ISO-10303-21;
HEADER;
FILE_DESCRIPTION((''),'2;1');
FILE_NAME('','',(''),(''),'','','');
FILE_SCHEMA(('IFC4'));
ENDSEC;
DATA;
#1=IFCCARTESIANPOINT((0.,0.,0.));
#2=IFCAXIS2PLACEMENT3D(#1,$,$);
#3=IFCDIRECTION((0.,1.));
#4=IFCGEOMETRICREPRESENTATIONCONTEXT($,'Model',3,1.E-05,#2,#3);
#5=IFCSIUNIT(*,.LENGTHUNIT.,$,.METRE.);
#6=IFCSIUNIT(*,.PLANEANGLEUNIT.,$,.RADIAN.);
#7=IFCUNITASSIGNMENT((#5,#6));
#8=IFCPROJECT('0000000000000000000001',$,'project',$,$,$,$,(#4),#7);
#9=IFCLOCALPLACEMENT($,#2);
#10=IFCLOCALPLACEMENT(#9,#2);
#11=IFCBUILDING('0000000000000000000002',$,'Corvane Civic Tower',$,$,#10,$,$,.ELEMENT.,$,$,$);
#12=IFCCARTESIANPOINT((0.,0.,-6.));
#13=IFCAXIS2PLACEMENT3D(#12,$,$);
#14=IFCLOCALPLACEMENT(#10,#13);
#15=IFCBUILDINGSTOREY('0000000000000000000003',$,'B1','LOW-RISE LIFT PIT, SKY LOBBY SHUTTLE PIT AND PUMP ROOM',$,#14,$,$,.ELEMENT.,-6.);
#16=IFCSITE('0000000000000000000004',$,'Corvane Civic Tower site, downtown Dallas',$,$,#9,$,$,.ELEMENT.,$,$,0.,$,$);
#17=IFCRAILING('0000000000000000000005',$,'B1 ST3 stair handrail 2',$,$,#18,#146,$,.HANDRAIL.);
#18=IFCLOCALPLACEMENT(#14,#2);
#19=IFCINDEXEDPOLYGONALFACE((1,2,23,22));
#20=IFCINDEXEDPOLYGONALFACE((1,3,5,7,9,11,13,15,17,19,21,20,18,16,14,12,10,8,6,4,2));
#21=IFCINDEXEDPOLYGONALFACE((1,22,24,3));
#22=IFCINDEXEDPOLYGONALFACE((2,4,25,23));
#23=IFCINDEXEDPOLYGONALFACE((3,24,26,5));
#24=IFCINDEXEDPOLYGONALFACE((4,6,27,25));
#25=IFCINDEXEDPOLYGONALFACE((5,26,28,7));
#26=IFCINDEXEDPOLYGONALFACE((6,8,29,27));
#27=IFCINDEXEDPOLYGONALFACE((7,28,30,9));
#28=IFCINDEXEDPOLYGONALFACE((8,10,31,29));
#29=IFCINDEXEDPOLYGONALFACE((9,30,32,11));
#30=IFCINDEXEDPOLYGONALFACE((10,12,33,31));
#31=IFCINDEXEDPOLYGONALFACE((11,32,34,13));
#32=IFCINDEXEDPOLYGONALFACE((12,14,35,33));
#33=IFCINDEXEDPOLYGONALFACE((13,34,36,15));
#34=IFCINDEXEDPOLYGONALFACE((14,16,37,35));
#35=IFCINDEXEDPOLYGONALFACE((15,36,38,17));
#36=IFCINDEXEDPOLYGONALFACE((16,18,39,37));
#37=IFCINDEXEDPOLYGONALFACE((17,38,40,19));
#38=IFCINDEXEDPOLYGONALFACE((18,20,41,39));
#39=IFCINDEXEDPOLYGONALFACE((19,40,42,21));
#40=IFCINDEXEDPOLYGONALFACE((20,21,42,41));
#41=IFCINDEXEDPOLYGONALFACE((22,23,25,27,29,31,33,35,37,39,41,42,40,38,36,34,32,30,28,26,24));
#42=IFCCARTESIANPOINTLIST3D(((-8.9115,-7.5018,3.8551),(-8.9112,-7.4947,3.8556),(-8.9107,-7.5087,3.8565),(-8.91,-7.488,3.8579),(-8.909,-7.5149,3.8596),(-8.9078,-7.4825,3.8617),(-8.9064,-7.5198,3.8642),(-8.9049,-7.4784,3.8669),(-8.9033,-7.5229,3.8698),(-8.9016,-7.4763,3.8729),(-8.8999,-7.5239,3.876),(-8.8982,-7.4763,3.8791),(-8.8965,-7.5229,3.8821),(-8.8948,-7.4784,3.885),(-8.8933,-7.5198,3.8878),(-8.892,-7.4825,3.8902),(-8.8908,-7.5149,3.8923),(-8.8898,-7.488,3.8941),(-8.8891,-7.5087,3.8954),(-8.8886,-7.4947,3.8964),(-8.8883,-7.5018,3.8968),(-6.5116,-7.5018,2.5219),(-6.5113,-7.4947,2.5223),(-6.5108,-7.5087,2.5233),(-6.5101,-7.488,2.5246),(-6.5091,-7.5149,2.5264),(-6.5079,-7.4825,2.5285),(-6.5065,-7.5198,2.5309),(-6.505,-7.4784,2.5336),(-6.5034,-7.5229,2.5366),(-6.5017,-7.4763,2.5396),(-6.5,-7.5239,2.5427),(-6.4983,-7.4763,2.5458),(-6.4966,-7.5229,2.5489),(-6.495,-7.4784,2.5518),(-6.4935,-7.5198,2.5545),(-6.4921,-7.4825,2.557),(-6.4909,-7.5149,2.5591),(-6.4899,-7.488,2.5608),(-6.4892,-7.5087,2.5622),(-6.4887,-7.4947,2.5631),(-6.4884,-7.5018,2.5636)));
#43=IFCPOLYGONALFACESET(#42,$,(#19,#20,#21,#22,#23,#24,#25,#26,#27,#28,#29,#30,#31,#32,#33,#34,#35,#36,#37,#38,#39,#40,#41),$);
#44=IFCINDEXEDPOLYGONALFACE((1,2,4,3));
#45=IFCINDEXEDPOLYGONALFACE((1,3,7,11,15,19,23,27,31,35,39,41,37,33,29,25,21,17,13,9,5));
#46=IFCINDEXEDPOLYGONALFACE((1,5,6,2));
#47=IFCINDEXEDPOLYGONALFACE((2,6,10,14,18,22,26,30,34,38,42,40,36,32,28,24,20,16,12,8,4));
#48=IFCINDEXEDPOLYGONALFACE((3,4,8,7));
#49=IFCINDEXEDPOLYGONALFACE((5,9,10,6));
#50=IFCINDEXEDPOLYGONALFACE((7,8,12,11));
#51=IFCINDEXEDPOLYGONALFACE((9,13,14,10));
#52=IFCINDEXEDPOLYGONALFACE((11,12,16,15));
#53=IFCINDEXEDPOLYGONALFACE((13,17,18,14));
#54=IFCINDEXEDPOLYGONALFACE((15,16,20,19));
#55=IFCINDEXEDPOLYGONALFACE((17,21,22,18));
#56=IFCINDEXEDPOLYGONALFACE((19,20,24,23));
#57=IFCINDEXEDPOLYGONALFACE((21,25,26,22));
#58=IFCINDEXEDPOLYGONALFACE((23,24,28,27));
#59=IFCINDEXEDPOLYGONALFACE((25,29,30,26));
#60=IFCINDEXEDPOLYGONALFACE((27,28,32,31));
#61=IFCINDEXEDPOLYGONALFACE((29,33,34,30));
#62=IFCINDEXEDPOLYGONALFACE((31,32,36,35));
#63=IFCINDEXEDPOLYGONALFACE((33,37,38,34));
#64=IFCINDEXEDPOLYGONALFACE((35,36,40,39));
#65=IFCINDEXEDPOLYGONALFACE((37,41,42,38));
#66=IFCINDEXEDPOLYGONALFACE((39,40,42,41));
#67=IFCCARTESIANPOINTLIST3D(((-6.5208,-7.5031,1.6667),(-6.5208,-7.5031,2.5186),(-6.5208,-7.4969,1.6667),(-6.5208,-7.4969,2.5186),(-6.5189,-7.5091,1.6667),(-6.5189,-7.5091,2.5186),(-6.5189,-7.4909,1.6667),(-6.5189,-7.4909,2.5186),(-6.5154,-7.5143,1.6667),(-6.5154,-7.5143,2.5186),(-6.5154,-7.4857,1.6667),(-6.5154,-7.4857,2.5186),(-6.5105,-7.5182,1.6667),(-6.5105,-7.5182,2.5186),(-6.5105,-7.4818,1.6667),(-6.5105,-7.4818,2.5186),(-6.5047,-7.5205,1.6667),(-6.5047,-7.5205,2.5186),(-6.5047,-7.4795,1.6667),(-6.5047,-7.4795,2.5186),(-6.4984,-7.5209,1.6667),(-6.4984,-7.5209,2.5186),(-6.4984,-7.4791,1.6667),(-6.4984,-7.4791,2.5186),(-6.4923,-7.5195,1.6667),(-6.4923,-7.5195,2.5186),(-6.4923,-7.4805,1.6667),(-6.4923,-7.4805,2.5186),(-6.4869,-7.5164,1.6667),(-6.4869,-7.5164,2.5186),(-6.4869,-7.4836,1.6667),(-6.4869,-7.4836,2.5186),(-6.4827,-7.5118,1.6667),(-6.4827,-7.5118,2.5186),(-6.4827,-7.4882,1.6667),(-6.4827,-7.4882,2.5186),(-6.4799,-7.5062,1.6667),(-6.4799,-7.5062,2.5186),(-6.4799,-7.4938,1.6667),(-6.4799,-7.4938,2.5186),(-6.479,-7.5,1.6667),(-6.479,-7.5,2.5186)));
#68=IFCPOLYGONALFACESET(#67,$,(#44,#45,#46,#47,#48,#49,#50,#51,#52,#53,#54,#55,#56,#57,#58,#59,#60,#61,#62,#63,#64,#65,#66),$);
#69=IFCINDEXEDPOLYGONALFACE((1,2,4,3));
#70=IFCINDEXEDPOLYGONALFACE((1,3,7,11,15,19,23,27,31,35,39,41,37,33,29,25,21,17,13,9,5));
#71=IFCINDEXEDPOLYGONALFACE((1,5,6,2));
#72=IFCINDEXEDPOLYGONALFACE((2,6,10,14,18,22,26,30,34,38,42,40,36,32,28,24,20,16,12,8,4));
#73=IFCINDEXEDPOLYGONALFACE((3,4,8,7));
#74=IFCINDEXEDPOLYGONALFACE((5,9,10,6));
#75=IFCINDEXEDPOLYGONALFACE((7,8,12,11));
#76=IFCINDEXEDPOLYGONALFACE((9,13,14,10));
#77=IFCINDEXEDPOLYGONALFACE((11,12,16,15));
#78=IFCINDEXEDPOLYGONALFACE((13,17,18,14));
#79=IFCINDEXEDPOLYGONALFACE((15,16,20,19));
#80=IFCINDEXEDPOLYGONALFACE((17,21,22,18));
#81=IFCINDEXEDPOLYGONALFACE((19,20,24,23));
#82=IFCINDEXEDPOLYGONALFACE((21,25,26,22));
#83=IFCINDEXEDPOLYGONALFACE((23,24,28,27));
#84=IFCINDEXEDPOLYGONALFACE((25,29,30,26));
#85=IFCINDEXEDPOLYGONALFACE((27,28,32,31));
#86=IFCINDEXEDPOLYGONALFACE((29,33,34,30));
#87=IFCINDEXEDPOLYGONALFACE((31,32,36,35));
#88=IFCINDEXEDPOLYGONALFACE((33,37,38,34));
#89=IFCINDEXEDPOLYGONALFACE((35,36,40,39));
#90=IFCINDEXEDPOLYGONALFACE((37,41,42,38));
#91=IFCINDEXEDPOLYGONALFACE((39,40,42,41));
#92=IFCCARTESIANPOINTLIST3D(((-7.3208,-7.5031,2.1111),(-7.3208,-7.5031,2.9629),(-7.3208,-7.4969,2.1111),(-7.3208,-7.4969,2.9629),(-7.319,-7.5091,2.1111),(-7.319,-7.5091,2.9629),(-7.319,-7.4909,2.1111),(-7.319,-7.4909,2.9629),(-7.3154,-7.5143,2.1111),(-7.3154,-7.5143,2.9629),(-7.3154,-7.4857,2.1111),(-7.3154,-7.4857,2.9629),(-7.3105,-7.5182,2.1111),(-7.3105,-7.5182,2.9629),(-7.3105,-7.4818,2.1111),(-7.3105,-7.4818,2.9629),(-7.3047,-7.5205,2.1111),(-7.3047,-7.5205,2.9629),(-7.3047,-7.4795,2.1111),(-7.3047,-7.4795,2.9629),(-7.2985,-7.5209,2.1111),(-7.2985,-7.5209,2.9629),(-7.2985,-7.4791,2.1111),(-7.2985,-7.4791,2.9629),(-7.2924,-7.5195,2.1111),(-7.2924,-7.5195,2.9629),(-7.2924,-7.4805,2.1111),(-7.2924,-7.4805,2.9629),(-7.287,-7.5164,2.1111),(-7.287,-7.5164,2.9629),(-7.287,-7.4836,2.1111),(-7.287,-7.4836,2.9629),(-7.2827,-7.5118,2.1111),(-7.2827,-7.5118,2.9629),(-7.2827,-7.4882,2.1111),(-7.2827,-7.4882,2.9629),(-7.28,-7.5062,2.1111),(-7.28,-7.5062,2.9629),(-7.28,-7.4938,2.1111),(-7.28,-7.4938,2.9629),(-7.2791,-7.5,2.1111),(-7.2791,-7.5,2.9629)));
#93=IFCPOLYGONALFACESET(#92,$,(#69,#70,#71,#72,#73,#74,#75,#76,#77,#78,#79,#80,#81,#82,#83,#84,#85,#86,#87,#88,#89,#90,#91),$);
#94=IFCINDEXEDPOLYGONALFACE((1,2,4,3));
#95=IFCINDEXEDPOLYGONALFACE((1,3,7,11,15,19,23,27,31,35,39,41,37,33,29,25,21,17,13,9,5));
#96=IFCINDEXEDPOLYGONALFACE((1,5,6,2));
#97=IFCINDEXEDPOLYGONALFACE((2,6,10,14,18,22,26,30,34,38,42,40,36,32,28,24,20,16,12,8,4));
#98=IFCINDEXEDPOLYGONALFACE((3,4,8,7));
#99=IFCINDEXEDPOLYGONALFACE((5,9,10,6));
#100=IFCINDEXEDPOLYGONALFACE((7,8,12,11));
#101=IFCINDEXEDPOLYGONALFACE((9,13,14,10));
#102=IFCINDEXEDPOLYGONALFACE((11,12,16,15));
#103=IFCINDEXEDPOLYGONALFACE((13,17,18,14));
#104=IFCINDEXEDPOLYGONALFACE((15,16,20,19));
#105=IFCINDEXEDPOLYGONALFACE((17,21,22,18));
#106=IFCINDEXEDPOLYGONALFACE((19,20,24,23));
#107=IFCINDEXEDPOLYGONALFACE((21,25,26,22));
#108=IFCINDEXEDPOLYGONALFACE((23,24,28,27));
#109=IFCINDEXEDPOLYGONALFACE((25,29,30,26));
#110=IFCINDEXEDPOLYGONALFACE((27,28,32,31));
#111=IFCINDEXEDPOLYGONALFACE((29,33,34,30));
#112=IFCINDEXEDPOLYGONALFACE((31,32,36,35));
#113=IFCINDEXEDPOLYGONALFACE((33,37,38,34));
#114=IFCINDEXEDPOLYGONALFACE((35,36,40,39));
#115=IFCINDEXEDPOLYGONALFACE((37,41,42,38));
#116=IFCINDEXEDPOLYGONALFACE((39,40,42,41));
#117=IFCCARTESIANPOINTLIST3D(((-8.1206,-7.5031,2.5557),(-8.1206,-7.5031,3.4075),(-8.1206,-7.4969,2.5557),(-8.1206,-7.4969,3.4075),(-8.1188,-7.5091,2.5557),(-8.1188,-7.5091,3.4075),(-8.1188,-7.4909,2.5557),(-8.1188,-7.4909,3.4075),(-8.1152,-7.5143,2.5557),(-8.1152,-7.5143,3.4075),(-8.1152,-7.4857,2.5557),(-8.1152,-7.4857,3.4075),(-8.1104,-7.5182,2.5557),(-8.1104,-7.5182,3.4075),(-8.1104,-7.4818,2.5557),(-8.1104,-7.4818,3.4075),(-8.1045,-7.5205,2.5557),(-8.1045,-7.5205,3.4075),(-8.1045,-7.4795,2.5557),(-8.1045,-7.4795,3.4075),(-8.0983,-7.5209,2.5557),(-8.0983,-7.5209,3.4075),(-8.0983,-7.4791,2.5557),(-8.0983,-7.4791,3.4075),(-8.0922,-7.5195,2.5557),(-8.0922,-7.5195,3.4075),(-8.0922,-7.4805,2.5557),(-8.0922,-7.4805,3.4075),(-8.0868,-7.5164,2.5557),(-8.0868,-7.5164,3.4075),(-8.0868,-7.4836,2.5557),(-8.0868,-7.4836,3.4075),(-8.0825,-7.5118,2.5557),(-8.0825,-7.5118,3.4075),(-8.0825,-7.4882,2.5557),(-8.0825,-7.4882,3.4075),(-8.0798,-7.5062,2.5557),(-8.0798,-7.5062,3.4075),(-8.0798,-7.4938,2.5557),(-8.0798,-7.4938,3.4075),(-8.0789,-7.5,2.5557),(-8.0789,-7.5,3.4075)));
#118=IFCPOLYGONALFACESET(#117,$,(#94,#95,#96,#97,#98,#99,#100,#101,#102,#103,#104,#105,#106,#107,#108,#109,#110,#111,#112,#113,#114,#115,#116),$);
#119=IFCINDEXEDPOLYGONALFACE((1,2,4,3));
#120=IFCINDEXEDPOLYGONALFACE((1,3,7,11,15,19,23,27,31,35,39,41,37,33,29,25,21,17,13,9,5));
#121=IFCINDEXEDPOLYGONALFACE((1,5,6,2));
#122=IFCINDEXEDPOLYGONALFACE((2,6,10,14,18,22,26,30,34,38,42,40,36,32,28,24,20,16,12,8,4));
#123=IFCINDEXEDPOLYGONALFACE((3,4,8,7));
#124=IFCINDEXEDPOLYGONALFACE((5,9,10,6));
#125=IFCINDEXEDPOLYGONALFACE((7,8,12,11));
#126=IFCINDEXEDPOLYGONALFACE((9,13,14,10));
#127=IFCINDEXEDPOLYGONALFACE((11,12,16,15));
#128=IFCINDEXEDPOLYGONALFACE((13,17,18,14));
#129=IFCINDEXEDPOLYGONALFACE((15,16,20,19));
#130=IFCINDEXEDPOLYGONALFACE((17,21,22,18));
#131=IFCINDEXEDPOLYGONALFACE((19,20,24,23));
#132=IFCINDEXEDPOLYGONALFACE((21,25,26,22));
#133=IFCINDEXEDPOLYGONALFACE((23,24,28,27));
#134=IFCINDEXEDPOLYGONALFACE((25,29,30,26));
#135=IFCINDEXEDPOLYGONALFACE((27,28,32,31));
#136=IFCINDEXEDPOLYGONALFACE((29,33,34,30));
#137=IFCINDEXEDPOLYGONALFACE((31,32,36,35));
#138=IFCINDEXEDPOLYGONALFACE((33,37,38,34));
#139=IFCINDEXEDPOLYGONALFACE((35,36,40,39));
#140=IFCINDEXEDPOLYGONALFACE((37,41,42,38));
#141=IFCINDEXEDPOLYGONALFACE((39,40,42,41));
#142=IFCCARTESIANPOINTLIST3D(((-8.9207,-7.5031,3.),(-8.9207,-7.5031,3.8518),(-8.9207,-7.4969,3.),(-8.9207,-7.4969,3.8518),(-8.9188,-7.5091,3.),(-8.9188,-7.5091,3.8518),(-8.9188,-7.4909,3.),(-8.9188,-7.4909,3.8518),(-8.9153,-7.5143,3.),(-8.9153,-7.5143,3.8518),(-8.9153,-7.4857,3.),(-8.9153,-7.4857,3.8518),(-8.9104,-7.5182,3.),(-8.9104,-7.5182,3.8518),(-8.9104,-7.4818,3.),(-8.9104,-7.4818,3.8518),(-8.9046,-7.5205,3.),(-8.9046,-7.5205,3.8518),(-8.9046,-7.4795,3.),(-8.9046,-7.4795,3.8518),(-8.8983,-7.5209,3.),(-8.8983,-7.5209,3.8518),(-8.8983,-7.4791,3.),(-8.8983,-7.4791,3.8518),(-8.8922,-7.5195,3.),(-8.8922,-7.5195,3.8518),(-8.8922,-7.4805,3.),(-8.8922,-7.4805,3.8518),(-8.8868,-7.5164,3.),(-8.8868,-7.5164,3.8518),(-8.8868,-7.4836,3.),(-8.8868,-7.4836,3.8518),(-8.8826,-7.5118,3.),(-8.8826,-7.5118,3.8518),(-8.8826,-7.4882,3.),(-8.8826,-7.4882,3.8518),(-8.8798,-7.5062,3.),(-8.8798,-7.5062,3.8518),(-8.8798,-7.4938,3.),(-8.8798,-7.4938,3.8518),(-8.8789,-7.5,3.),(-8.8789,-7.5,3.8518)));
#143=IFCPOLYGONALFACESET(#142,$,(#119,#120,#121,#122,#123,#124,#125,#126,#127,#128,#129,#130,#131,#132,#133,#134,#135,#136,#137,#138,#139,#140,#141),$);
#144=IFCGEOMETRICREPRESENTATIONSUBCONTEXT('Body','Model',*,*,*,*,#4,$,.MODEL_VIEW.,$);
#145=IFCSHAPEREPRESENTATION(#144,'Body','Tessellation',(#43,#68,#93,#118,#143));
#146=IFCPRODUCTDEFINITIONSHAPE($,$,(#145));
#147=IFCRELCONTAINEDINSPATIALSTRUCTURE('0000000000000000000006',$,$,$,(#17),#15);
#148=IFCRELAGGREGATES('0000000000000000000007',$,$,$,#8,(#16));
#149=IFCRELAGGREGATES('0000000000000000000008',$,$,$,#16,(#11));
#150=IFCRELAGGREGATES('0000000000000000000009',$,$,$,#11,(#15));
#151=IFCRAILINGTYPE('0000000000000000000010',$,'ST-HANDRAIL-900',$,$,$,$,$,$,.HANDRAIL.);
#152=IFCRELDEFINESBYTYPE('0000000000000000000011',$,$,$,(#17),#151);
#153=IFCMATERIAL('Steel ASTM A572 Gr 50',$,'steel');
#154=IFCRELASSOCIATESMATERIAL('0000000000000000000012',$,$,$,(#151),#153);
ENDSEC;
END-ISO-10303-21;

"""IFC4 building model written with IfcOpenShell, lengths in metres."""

from ifc_helpers import new_model, si_unit, direction, frame, origin, origin_2d, place, context, subcontext, project, spatial, circle, extrude, material, type_object, element, save


model = new_model("IFC4")

# Units and contexts
model_context = context("Model", 3, precision=1e-05, world=origin(), true_north=direction((0.0, 1.0)))
body_context = subcontext(model_context, "Body", "Model", "MODEL_VIEW")
ifc_project = project(units=[si_unit("LENGTHUNIT", "METRE"), si_unit("PLANEANGLEUNIT", "RADIAN")], contexts=[model_context])

# Site, building, storey
site_placement = place(None, origin())
site = spatial("IfcSite", under=ifc_project, at=site_placement, Name="Corvane Civic Tower site, downtown Dallas", CompositionType="ELEMENT", RefElevation=0.0)
building_placement = place(site_placement, origin())
building = spatial("IfcBuilding", under=site, at=building_placement, Name="Corvane Civic Tower", CompositionType="ELEMENT")
storey_placement = place(building_placement, frame((0.0, 0.0, -6.0)))
storey = spatial("IfcBuildingStorey", under=building, at=storey_placement, Name="B1", Description="LOW-RISE LIFT PIT, SKY LOBBY SHUTTLE PIT AND PUMP ROOM", CompositionType="ELEMENT", Elevation=-6.0)

# Railing
ifc_material_1 = material(Name="Steel ASTM A572 Gr 50", Category="steel")
railing_type = type_object("IfcRailingType", Name="ST-HANDRAIL-900", PredefinedType="HANDRAIL", material=ifc_material_1)
for number, where, name in (
    (1, (-6.5, -7.5, 1.6667), "B1 ST3 stair handrail 2"),
):
    element("IfcRailing", number, at=place(storey_placement, frame(where)), inside=storey, type_object=railing_type, Name=name, PredefinedType="HANDRAIL", context=body_context, shape_type="SweptSolid", body=[
        extrude(circle(Radius=0.0239, at=origin_2d()), frame((0.0, 0.0, 0.876), z_axis=(-0.874161, 0.0, 0.485635), x_axis=(0.0, -1.0, 0.0)), (0.0, 0.0, 1.0), 2.7454),
        extrude(circle(Radius=0.021, at=origin_2d()), origin(), (0.0, 0.0, 1.0), 0.8518),
        extrude(circle(Radius=0.021, at=origin_2d()), frame((-0.8, 0.0, 0.4443)), (0.0, 0.0, 1.0), 0.8518),
        extrude(circle(Radius=0.021, at=origin_2d()), frame((-1.5999, 0.0, 0.8889)), (0.0, 0.0, 1.0), 0.8518),
        extrude(circle(Radius=0.021, at=origin_2d()), frame((-2.3999, 0.0, 1.3333)), (0.0, 0.0, 1.0), 0.8518),
    ])

save(model, "model.ifc")
